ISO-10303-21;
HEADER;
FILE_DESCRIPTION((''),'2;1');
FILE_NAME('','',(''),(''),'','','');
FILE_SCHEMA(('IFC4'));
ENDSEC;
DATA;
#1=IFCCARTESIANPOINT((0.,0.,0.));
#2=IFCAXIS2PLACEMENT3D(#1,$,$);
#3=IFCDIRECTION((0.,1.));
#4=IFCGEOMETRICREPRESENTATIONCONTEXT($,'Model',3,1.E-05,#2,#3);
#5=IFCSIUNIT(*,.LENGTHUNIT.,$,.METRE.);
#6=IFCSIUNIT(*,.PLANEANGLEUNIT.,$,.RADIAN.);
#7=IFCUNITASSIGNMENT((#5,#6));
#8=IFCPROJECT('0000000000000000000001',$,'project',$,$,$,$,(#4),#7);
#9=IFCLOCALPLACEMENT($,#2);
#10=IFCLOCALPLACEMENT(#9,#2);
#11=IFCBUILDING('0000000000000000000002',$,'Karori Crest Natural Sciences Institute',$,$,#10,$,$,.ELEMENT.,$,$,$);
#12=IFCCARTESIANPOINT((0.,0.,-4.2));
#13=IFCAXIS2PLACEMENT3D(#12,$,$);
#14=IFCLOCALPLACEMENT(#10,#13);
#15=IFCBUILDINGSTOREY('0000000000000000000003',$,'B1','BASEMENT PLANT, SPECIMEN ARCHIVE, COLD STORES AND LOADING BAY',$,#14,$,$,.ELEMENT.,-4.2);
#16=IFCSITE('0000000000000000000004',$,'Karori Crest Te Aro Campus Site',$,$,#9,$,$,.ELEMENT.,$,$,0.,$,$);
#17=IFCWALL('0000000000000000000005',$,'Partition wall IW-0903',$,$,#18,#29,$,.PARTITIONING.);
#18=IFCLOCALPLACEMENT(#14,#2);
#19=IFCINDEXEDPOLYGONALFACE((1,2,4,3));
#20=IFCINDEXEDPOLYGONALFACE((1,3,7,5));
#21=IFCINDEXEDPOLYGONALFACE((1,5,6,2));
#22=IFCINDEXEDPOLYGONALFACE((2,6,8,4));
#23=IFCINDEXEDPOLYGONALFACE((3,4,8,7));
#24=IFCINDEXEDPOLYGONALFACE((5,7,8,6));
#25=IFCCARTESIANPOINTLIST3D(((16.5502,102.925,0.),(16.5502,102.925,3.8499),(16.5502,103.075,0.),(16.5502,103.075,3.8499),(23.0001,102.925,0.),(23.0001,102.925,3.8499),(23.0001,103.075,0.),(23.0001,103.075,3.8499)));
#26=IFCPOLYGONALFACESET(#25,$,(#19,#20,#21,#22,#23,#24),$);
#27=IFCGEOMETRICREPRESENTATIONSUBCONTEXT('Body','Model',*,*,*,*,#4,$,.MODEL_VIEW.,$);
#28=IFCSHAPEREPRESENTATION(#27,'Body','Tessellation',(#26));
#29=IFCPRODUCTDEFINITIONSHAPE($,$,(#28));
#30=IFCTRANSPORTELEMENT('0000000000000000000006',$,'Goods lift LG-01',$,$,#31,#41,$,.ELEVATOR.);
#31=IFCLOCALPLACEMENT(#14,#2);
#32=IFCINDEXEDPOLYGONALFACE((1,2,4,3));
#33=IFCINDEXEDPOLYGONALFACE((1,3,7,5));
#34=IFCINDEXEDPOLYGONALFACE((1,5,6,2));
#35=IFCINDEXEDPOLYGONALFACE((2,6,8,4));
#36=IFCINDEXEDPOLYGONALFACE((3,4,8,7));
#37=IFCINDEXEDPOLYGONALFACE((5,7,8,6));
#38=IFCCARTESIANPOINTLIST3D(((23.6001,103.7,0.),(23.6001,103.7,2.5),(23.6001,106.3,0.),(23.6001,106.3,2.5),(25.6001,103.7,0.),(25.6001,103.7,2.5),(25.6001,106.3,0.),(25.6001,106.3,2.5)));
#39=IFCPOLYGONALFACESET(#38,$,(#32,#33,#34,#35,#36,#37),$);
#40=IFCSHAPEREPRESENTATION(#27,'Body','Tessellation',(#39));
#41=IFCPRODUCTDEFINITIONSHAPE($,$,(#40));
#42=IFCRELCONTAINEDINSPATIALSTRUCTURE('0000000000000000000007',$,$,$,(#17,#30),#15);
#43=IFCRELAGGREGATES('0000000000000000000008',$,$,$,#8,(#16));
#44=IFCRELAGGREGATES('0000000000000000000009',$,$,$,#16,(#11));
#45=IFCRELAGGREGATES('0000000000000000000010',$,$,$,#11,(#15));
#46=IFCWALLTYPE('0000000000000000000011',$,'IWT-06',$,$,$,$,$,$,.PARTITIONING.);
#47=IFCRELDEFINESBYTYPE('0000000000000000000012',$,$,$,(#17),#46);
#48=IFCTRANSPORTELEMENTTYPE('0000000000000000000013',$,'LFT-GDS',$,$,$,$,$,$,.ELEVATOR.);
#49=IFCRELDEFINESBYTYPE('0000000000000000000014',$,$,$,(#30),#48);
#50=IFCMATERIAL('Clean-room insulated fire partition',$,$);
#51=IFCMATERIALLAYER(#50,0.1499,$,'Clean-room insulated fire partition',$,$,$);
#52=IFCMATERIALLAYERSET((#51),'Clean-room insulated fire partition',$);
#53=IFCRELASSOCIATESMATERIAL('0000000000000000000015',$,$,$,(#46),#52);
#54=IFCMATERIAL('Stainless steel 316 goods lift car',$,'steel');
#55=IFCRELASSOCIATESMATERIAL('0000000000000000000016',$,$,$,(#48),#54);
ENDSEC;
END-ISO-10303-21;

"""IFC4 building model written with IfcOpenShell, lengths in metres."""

from ifc_helpers import new_model, si_unit, direction, frame, frame_2d, origin, origin_2d, place, context, subcontext, project, spatial, rectangle, extrude, material, layer, layer_set, type_object, element, save


model = new_model("IFC4")

# Units and contexts
model_context = context("Model", 3, precision=1e-05, world=origin(), true_north=direction((0.0, 1.0)))
body_context = subcontext(model_context, "Body", "Model", "MODEL_VIEW")
ifc_project = project(units=[si_unit("LENGTHUNIT", "METRE"), si_unit("PLANEANGLEUNIT", "RADIAN")], contexts=[model_context])

# Site, building, storey
site_placement = place(None, origin())
site = spatial("IfcSite", under=ifc_project, at=site_placement, Name="Karori Crest Te Aro Campus Site", CompositionType="ELEMENT", RefElevation=0.0)
building_placement = place(site_placement, origin())
building = spatial("IfcBuilding", under=site, at=building_placement, Name="Karori Crest Natural Sciences Institute", CompositionType="ELEMENT")
storey_placement = place(building_placement, frame((0.0, 0.0, -4.2)))
storey = spatial("IfcBuildingStorey", under=building, at=storey_placement, Name="B1", Description="BASEMENT PLANT, SPECIMEN ARCHIVE, COLD STORES AND LOADING BAY", CompositionType="ELEMENT", Elevation=-4.2)

# Wall
ifc_material_1 = material(Name="Clean-room insulated fire partition")
ifc_layer_1 = layer(ifc_material_1, 0.1499, Name="Clean-room insulated fire partition")
ifc_layer_set_1 = layer_set([ifc_layer_1], Name="Clean-room insulated fire partition")
wall_type_1 = type_object("IfcWallType", Name="IWT-06", PredefinedType="PARTITIONING", material=ifc_layer_set_1)
wall_1_placement = place(storey_placement, frame((16.55, 103.0, 0.0), z_axis=(0.0, 0.0, 1.0), x_axis=(1.0, 0.0, 0.0)))
element("IfcWall", 1, at=wall_1_placement, inside=storey, type_object=wall_type_1, Name="Partition wall IW-0903", PredefinedType="PARTITIONING", context=body_context, shape_type="SweptSolid", body=[
    extrude(rectangle(XDim=6.45, YDim=0.1499, at=frame_2d((3.2251, 0.0))), origin(), (0.0, 0.0, 1.0), 3.8499),
])

# Transport element
ifc_material_2 = material(Name="Stainless steel 316 goods lift car", Category="steel")
transport_element_type = type_object("IfcTransportElementType", Name="LFT-GDS", PredefinedType="ELEVATOR", material=ifc_material_2)
transport_element_placement = place(storey_placement, frame((24.6001, 105.0, 0.0), z_axis=(0.0, 0.0, 1.0), x_axis=(1.0, 0.0, 0.0)))
element("IfcTransportElement", 2, at=transport_element_placement, inside=storey, type_object=transport_element_type, Name="Goods lift LG-01", PredefinedType="ELEVATOR", context=body_context, shape_type="SweptSolid", body=[
    extrude(rectangle(XDim=2.0, YDim=2.6001, at=origin_2d()), origin(), (0.0, 0.0, 1.0), 2.5),
])

save(model, "model.ifc")
